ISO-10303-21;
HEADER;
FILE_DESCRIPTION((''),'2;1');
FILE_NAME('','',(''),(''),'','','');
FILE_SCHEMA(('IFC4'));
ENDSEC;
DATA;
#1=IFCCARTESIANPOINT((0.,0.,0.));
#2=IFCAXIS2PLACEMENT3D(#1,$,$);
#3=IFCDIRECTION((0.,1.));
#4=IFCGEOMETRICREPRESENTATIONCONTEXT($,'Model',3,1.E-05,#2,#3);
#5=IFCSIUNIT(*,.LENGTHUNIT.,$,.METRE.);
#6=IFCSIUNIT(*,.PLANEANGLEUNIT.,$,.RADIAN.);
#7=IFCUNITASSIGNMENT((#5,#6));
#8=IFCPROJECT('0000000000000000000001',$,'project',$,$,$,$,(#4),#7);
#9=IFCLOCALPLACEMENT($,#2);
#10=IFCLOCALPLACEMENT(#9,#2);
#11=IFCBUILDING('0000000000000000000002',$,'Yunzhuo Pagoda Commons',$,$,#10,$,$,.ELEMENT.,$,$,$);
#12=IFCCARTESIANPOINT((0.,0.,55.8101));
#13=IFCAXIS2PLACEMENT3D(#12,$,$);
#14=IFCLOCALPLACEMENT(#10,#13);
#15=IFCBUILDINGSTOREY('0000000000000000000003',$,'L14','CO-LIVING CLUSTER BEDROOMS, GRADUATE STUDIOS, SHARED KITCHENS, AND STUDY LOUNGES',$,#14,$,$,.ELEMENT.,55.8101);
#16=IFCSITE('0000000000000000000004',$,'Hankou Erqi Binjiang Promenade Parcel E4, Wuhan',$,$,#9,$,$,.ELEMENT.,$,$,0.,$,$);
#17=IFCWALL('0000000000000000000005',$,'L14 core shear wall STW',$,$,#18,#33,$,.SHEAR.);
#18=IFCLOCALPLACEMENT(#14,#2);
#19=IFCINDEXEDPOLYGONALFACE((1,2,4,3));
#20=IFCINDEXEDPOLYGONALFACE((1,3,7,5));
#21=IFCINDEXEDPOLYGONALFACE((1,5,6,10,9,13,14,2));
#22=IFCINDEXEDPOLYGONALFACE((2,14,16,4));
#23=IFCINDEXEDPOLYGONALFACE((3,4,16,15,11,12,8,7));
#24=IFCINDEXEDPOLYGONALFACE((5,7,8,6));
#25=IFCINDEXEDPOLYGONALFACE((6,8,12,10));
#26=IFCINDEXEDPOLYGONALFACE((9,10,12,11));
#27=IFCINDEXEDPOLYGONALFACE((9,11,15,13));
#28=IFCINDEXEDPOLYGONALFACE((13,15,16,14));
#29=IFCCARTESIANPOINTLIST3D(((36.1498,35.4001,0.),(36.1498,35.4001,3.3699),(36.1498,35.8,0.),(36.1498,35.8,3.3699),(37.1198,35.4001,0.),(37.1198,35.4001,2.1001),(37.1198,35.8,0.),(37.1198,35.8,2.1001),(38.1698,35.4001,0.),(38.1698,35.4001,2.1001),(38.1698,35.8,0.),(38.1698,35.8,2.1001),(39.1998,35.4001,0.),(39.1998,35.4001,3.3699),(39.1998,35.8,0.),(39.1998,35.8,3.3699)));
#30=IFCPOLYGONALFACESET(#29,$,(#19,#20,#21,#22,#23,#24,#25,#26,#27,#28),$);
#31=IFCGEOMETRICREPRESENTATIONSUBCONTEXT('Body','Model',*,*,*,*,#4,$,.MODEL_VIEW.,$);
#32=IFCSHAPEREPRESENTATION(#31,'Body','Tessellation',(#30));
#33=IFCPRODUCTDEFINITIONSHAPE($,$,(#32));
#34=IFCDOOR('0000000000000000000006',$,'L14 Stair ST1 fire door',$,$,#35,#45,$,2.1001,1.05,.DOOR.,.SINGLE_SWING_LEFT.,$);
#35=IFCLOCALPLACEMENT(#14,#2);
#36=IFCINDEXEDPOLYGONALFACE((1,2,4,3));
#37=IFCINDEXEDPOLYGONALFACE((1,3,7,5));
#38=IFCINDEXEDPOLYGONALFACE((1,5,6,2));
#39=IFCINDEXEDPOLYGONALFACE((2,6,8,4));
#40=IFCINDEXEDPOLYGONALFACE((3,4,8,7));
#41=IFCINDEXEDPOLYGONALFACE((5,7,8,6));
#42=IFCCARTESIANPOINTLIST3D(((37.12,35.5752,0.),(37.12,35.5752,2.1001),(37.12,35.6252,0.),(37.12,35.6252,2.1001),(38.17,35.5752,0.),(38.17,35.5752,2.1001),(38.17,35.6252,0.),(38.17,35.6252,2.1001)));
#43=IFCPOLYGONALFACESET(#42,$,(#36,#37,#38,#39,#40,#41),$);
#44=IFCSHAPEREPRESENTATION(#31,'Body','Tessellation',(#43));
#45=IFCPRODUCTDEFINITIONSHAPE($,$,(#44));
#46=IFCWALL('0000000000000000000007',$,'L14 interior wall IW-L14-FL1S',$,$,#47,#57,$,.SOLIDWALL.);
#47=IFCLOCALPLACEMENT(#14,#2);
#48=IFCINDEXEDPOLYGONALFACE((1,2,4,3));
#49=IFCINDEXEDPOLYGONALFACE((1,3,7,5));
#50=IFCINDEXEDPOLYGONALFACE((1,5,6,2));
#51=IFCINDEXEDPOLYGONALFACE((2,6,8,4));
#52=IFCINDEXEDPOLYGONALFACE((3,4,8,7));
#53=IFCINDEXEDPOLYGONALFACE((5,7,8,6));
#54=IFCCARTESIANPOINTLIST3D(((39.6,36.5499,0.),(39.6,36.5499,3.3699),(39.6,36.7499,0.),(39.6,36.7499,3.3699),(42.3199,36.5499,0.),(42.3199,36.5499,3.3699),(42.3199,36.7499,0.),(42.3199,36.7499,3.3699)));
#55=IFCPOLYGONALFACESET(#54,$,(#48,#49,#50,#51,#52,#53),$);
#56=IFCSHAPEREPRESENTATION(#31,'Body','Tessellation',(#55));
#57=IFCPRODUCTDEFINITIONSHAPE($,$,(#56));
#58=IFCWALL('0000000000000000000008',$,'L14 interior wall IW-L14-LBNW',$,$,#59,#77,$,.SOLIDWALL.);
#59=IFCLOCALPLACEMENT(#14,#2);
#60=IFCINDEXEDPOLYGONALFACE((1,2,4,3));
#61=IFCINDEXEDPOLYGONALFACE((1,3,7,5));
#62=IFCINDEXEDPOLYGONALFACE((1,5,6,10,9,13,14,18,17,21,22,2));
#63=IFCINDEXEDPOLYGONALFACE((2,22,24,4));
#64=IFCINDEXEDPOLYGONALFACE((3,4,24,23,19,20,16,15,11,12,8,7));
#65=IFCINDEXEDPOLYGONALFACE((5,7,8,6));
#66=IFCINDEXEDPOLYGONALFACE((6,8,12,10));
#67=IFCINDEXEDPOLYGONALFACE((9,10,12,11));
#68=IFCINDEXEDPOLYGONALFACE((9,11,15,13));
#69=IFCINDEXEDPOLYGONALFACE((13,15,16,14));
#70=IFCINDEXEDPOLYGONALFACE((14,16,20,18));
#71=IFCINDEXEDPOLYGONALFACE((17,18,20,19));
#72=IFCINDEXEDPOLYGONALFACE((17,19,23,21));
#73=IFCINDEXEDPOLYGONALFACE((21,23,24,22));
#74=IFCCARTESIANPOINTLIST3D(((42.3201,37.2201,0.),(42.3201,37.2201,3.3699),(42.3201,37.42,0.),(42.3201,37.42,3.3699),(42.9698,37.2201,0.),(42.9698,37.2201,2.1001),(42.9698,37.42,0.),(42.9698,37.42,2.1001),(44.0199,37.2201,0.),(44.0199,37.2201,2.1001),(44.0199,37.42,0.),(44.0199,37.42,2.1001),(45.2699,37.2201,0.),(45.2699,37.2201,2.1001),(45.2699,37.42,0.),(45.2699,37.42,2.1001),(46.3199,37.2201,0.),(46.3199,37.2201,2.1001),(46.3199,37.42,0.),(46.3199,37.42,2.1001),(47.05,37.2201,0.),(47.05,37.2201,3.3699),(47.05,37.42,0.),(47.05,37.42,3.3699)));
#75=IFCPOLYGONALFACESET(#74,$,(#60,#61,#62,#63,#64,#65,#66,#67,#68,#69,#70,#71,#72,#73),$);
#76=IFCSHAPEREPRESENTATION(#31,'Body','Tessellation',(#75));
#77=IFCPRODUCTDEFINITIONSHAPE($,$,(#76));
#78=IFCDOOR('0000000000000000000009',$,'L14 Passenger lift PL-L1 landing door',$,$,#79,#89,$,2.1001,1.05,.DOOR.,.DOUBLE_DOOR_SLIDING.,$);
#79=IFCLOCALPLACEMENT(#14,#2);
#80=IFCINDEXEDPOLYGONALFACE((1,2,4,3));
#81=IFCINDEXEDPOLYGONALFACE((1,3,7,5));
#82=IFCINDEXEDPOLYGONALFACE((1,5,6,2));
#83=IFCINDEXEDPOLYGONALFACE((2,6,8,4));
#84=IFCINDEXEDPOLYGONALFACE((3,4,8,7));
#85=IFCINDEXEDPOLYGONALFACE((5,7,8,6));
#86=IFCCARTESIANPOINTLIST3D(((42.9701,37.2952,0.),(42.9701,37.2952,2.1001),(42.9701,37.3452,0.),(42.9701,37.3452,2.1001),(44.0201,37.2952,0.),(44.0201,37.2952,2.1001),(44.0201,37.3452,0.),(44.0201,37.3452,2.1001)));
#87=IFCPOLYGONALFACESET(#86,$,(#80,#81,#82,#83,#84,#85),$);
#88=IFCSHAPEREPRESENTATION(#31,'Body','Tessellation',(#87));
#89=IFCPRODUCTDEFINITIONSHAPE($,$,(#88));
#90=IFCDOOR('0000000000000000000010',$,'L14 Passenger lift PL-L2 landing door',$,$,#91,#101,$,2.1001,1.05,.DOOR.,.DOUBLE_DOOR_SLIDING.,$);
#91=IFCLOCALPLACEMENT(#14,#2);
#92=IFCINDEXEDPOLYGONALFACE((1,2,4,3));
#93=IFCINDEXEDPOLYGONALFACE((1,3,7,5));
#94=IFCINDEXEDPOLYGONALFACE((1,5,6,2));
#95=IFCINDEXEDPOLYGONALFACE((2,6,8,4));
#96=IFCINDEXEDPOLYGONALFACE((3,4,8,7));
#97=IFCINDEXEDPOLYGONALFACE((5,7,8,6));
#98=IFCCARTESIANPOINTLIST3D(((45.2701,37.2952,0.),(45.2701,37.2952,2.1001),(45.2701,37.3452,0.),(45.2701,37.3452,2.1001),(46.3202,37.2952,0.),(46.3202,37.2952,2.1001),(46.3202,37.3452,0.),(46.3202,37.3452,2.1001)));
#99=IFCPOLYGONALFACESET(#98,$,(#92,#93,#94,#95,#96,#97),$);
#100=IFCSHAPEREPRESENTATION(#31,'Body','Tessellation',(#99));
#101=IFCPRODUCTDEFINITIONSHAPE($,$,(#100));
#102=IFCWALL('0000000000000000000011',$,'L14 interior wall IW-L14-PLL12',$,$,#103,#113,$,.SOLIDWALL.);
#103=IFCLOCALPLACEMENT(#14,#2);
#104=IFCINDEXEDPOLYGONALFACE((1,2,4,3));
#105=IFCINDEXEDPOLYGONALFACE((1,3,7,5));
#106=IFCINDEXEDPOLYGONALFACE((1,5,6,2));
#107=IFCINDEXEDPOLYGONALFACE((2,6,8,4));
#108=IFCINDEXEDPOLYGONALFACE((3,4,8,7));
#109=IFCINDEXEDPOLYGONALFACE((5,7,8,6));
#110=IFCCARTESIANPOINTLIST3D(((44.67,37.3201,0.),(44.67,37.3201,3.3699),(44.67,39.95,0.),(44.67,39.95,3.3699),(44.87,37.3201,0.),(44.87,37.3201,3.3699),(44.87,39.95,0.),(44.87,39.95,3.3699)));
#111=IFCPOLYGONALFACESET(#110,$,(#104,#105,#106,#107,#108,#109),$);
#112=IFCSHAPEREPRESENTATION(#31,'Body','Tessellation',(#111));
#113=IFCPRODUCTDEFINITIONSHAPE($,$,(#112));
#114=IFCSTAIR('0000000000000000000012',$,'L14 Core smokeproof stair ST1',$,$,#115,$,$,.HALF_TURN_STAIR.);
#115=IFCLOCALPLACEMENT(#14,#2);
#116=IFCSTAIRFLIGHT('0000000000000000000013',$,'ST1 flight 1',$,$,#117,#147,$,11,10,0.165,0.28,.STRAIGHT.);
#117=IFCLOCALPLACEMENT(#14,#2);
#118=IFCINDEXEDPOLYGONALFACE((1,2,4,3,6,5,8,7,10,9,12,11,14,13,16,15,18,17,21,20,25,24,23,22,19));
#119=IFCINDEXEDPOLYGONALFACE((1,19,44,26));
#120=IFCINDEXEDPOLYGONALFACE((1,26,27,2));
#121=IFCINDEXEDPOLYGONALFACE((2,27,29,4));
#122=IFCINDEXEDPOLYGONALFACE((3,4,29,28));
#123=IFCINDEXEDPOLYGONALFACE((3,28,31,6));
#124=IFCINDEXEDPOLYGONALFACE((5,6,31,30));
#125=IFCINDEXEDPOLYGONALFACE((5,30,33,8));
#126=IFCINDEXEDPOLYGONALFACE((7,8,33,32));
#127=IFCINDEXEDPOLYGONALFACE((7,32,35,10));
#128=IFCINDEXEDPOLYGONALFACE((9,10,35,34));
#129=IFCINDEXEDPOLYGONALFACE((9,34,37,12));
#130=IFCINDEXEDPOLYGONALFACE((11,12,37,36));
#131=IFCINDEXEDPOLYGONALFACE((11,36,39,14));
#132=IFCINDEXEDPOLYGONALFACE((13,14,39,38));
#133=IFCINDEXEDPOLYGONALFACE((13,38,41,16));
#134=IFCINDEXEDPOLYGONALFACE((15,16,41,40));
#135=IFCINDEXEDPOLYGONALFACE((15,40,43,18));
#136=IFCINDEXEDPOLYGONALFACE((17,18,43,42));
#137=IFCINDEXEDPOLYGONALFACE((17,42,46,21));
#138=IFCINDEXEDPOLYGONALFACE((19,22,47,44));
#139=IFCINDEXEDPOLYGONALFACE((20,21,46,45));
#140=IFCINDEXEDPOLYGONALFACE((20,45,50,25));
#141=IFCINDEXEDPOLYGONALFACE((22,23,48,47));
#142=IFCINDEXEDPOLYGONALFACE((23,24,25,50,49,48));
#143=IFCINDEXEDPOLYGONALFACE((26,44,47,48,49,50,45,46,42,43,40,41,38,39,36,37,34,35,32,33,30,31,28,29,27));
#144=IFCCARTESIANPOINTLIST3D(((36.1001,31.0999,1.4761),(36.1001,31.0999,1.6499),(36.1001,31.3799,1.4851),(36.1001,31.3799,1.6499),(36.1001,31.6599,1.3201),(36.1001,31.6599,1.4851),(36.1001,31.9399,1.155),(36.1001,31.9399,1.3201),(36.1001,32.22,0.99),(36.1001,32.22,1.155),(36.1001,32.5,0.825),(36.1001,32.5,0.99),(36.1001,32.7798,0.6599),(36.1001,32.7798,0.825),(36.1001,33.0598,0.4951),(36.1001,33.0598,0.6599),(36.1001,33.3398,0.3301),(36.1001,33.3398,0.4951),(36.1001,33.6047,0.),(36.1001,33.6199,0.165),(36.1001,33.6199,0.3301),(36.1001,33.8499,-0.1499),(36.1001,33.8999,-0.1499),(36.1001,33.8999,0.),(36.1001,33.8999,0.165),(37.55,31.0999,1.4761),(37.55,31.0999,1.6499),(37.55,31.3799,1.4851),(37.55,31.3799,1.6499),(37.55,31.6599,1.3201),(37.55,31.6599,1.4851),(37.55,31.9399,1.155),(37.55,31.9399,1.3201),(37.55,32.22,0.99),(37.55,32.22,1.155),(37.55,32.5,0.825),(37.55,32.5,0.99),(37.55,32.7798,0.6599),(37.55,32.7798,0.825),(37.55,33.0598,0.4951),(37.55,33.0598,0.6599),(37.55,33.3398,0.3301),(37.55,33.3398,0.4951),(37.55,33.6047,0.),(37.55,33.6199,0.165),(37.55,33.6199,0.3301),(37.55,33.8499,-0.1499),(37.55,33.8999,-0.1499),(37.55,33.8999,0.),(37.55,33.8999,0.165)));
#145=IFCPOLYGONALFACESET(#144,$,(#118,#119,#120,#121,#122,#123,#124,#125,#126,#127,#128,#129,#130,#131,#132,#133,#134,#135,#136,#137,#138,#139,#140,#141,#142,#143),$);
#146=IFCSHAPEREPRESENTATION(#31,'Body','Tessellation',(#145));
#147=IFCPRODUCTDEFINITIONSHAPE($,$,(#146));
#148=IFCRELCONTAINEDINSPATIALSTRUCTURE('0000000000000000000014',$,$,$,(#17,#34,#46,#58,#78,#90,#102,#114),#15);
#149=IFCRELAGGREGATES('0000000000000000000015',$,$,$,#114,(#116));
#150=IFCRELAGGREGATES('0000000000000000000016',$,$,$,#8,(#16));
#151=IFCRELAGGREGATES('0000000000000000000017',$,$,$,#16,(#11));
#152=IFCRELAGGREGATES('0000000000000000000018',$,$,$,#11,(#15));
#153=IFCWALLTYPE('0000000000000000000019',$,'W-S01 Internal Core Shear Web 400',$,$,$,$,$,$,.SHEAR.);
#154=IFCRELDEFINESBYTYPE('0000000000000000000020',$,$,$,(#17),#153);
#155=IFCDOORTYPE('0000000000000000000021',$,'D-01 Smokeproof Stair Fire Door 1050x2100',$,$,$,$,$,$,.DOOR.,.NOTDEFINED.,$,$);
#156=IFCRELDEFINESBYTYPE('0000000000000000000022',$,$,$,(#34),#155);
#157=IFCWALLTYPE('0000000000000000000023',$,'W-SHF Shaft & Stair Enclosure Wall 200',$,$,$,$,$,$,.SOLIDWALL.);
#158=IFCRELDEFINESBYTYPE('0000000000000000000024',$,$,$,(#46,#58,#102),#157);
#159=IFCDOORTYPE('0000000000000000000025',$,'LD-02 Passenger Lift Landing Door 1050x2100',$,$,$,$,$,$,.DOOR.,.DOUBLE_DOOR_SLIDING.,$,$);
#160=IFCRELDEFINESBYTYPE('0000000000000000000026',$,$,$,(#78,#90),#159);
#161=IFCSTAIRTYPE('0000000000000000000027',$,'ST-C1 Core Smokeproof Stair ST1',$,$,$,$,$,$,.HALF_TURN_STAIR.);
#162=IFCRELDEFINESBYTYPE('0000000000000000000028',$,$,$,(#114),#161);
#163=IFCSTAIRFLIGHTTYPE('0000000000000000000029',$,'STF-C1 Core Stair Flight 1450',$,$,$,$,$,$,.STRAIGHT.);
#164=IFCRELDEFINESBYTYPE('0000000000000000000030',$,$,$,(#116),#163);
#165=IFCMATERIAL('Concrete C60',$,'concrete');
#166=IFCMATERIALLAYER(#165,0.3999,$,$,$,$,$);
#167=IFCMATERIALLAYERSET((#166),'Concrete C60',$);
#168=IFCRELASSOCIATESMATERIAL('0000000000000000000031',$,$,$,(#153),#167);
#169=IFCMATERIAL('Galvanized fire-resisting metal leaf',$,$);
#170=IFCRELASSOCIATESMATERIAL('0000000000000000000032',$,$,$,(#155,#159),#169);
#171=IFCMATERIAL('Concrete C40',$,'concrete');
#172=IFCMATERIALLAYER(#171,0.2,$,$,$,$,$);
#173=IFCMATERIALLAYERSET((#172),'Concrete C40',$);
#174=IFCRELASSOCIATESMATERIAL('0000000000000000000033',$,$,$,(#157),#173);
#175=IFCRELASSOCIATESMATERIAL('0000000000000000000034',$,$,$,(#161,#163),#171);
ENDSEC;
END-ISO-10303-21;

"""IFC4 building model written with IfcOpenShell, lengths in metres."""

from ifc_helpers import new_model, si_unit, direction, frame, frame_2d, origin, place, context, subcontext, project, spatial, polyline, rectangle, outline, extrude, source, transform, mapped, material, layer, layer_set, type_object, element, fill, aggregate, save


model = new_model("IFC4")

# Units and contexts
model_context = context("Model", 3, precision=1e-05, world=origin(), true_north=direction((0.0, 1.0)))
body_context = subcontext(model_context, "Body", "Model", "MODEL_VIEW")
ifc_project = project(units=[si_unit("LENGTHUNIT", "METRE"), si_unit("PLANEANGLEUNIT", "RADIAN")], contexts=[model_context])

# Site, building, storey
site_placement = place(None, origin())
site = spatial("IfcSite", under=ifc_project, at=site_placement, Name="Hankou Erqi Binjiang Promenade Parcel E4, Wuhan", CompositionType="ELEMENT", RefElevation=0.0)
building_placement = place(site_placement, origin())
building = spatial("IfcBuilding", under=site, at=building_placement, Name="Yunzhuo Pagoda Commons", CompositionType="ELEMENT")
storey_placement = place(building_placement, frame((0.0, 0.0, 55.8101)))
storey = spatial("IfcBuildingStorey", under=building, at=storey_placement, Name="L14", Description="CO-LIVING CLUSTER BEDROOMS, GRADUATE STUDIOS, SHARED KITCHENS, AND STUDY LOUNGES", CompositionType="ELEMENT", Elevation=55.8101)

# Shared definitions
ifc_material_1 = material(Name="Concrete C60", Category="concrete")
ifc_material_2 = material(Name="Galvanized fire-resisting metal leaf")
shared_shape_1 = source(origin(), body_context, "Body", "SweptSolid", [
    extrude(rectangle(XDim=1.05, YDim=2.1001, at=frame_2d((0.5249, 1.05))), frame((0.0, 0.0249, 0.0), z_axis=(0.0, -1.0, 0.0), x_axis=(1.0, 0.0, 0.0)), (0.0, 0.0, 1.0), 0.05),
])

# Wall, opening, door
ifc_layer_1 = layer(ifc_material_1, 0.3999)
ifc_layer_set_1 = layer_set([ifc_layer_1], Name="Concrete C60")
wall_type_1 = type_object("IfcWallType", Name="W-S01 Internal Core Shear Web 400", PredefinedType="SHEAR", material=ifc_layer_set_1)
wall_1_placement = place(storey_placement, frame((36.1499, 35.6001, 0.0), z_axis=(0.0, 0.0, 1.0), x_axis=(1.0, 0.0, 0.0)))
wall_1 = element("IfcWall", 1, at=wall_1_placement, inside=storey, type_object=wall_type_1, Name="L14 core shear wall STW", PredefinedType="SHEAR", context=body_context, shape_type="SweptSolid", body=[
    extrude(rectangle(XDim=3.05, YDim=0.3999, at=frame_2d((1.5249, 0.0))), origin(), (0.0, 0.0, 1.0), 3.3699),
])
opening_1_placement = place(wall_1_placement, frame((0.97, 0.0, 0.0)))
opening_1 = element("IfcOpeningElement", 2, at=opening_1_placement, cuts=wall_1, PredefinedType="OPENING", context=body_context, shape_type="SweptSolid", body=[
    extrude(rectangle(XDim=1.05, YDim=2.1001, at=frame_2d((0.5249, 1.05))), frame((0.0, 0.21, 0.0), z_axis=(0.0, -1.0, 0.0), x_axis=(1.0, 0.0, 0.0)), (0.0, 0.0, 1.0), 0.4199),
])
door_type_1 = type_object("IfcDoorType", Name="D-01 Smokeproof Stair Fire Door 1050x2100", OperationType="NOTDEFINED", PredefinedType="DOOR", material=ifc_material_2)
door_1_placement = place(opening_1_placement, frame((1.05, 0.0, 0.0), z_axis=(0.0, 0.0, 1.0), x_axis=(-1.0, 0.0, 0.0)))
door_1 = element("IfcDoor", 3, at=door_1_placement, inside=storey, type_object=door_type_1, Name="L14 Stair ST1 fire door", OperationType="SINGLE_SWING_LEFT", OverallHeight=2.1001, OverallWidth=1.05, PredefinedType="DOOR", context=body_context, shape_type="MappedRepresentation", body=[
    mapped(shared_shape_1, transform((0.0, 0.0, 0.0), scale=1.0)),
])
fill(opening_1, door_1)

# Wall
ifc_material_3 = material(Name="Concrete C40", Category="concrete")
ifc_layer_2 = layer(ifc_material_3, 0.2)
ifc_layer_set_2 = layer_set([ifc_layer_2], Name="Concrete C40")
wall_type_2 = type_object("IfcWallType", Name="W-SHF Shaft & Stair Enclosure Wall 200", PredefinedType="SOLIDWALL", material=ifc_layer_set_2)
wall_2_placement = place(storey_placement, frame((39.6001, 36.6499, 0.0), z_axis=(0.0, 0.0, 1.0), x_axis=(1.0, 0.0, 0.0)))
element("IfcWall", 4, at=wall_2_placement, inside=storey, type_object=wall_type_2, Name="L14 interior wall IW-L14-FL1S", PredefinedType="SOLIDWALL", context=body_context, shape_type="SweptSolid", body=[
    extrude(rectangle(XDim=2.72, YDim=0.2, at=frame_2d((1.3599, 0.0))), origin(), (0.0, 0.0, 1.0), 3.3699),
])

# Wall, openings, doors
wall_3_placement = place(storey_placement, frame((42.3201, 37.3201, 0.0), z_axis=(0.0, 0.0, 1.0), x_axis=(1.0, 0.0, 0.0)))
wall_3 = element("IfcWall", 5, at=wall_3_placement, inside=storey, type_object=wall_type_2, Name="L14 interior wall IW-L14-LBNW", PredefinedType="SOLIDWALL", context=body_context, shape_type="SweptSolid", body=[
    extrude(rectangle(XDim=4.73, YDim=0.2, at=frame_2d((2.365, 0.0))), origin(), (0.0, 0.0, 1.0), 3.3699),
])
opening_2_placement = place(wall_3_placement, frame((0.6499, 0.0, 0.0)))
opening_2 = element("IfcOpeningElement", 6, at=opening_2_placement, cuts=wall_3, PredefinedType="OPENING", context=body_context, shape_type="SweptSolid", body=[
    extrude(rectangle(XDim=1.05, YDim=2.1001, at=frame_2d((0.5249, 1.05))), frame((0.0, 0.1099, 0.0), z_axis=(0.0, -1.0, 0.0), x_axis=(1.0, 0.0, 0.0)), (0.0, 0.0, 1.0), 0.22),
])
opening_3_placement = place(wall_3_placement, frame((2.95, 0.0, 0.0)))
opening_3 = element("IfcOpeningElement", 7, at=opening_3_placement, cuts=wall_3, PredefinedType="OPENING", context=body_context, shape_type="SweptSolid", body=[
    extrude(rectangle(XDim=1.05, YDim=2.1001, at=frame_2d((0.5249, 1.05))), frame((0.0, 0.1099, 0.0), z_axis=(0.0, -1.0, 0.0), x_axis=(1.0, 0.0, 0.0)), (0.0, 0.0, 1.0), 0.22),
])
door_type_2 = type_object("IfcDoorType", Name="LD-02 Passenger Lift Landing Door 1050x2100", OperationType="DOUBLE_DOOR_SLIDING", PredefinedType="DOOR", material=ifc_material_2)
door_2_placement = place(opening_2_placement, frame((1.05, 0.0, 0.0), z_axis=(0.0, 0.0, 1.0), x_axis=(-1.0, 0.0, 0.0)))
door_2 = element("IfcDoor", 8, at=door_2_placement, inside=storey, type_object=door_type_2, Name="L14 Passenger lift PL-L1 landing door", OperationType="DOUBLE_DOOR_SLIDING", OverallHeight=2.1001, OverallWidth=1.05, PredefinedType="DOOR", context=body_context, shape_type="MappedRepresentation", body=[
    mapped(shared_shape_1, transform((0.0, 0.0, 0.0), scale=1.0)),
])
fill(opening_2, door_2)
door_3_placement = place(opening_3_placement, frame((1.05, 0.0, 0.0), z_axis=(0.0, 0.0, 1.0), x_axis=(-1.0, 0.0, 0.0)))
door_3 = element("IfcDoor", 9, at=door_3_placement, inside=storey, type_object=door_type_2, Name="L14 Passenger lift PL-L2 landing door", OperationType="DOUBLE_DOOR_SLIDING", OverallHeight=2.1001, OverallWidth=1.05, PredefinedType="DOOR", context=body_context, shape_type="MappedRepresentation", body=[
    mapped(shared_shape_1, transform((0.0, 0.0, 0.0), scale=1.0)),
])
fill(opening_3, door_3)

# Wall
wall_4_placement = place(storey_placement, frame((44.77, 37.3201, 0.0), z_axis=(0.0, 0.0, 1.0), x_axis=(0.0, 1.0, 0.0)))
element("IfcWall", 10, at=wall_4_placement, inside=storey, type_object=wall_type_2, Name="L14 interior wall IW-L14-PLL12", PredefinedType="SOLIDWALL", context=body_context, shape_type="SweptSolid", body=[
    extrude(rectangle(XDim=2.6299, YDim=0.2, at=frame_2d((1.3149, 0.0))), origin(), (0.0, 0.0, 1.0), 3.3699),
])

# Stair, stair flight
stair_type = type_object("IfcStairType", Name="ST-C1 Core Smokeproof Stair ST1", PredefinedType="HALF_TURN_STAIR", material=ifc_material_3)
stair_placement = place(storey_placement, origin())
stair = element("IfcStair", 11, at=stair_placement, inside=storey, type_object=stair_type, Name="L14 Core smokeproof stair ST1", PredefinedType="HALF_TURN_STAIR")
stair_flight_type = type_object("IfcStairFlightType", Name="STF-C1 Core Stair Flight 1450", PredefinedType="STRAIGHT", material=ifc_material_3)
shared_shape_2 = source(origin(), body_context, "Body", "SweptSolid", [
    extrude(outline(polyline([(0.0, -0.1499), (0.0, 0.0), (0.0, 0.165), (0.28, 0.165), (0.28, 0.3301), (0.5601, 0.3301), (0.5601, 0.4951), (0.8401, 0.4951), (0.8401, 0.6599), (1.1201, 0.6599), (1.1201, 0.825), (1.3999, 0.825), (1.3999, 0.99), (1.6799, 0.99), (1.6799, 1.155), (1.96, 1.155), (1.96, 1.3201), (2.24, 1.3201), (2.24, 1.4851), (2.52, 1.4851), (2.52, 1.6499), (2.8, 1.6499), (2.8, 1.8149), (2.8, 1.4761), (0.2952, 0.0), (0.05, -0.1499), (0.0, -0.1499)])), frame((0.0, 0.7251, 0.0), z_axis=(0.0, -1.0, 0.0), x_axis=(1.0, 0.0, 0.0)), (0.0, 0.0, 1.0), 1.45),
])
stair_flight_placement = place(storey_placement, frame((36.825, 33.8999, 0.0), z_axis=(0.0, 0.0, 1.0), x_axis=(0.0, -1.0, 0.0)))
stair_flight = element("IfcStairFlight", 12, at=stair_flight_placement, type_object=stair_flight_type, Name="ST1 flight 1", NumberOfRisers=11, NumberOfTreads=10, PredefinedType="STRAIGHT", RiserHeight=0.165, TreadLength=0.28, context=body_context, shape_type="MappedRepresentation", body=[
    mapped(shared_shape_2, transform((0.0, 0.0, 0.0), scale=1.0)),
])
aggregate(stair, [stair_flight])

save(model, "model.ifc")
